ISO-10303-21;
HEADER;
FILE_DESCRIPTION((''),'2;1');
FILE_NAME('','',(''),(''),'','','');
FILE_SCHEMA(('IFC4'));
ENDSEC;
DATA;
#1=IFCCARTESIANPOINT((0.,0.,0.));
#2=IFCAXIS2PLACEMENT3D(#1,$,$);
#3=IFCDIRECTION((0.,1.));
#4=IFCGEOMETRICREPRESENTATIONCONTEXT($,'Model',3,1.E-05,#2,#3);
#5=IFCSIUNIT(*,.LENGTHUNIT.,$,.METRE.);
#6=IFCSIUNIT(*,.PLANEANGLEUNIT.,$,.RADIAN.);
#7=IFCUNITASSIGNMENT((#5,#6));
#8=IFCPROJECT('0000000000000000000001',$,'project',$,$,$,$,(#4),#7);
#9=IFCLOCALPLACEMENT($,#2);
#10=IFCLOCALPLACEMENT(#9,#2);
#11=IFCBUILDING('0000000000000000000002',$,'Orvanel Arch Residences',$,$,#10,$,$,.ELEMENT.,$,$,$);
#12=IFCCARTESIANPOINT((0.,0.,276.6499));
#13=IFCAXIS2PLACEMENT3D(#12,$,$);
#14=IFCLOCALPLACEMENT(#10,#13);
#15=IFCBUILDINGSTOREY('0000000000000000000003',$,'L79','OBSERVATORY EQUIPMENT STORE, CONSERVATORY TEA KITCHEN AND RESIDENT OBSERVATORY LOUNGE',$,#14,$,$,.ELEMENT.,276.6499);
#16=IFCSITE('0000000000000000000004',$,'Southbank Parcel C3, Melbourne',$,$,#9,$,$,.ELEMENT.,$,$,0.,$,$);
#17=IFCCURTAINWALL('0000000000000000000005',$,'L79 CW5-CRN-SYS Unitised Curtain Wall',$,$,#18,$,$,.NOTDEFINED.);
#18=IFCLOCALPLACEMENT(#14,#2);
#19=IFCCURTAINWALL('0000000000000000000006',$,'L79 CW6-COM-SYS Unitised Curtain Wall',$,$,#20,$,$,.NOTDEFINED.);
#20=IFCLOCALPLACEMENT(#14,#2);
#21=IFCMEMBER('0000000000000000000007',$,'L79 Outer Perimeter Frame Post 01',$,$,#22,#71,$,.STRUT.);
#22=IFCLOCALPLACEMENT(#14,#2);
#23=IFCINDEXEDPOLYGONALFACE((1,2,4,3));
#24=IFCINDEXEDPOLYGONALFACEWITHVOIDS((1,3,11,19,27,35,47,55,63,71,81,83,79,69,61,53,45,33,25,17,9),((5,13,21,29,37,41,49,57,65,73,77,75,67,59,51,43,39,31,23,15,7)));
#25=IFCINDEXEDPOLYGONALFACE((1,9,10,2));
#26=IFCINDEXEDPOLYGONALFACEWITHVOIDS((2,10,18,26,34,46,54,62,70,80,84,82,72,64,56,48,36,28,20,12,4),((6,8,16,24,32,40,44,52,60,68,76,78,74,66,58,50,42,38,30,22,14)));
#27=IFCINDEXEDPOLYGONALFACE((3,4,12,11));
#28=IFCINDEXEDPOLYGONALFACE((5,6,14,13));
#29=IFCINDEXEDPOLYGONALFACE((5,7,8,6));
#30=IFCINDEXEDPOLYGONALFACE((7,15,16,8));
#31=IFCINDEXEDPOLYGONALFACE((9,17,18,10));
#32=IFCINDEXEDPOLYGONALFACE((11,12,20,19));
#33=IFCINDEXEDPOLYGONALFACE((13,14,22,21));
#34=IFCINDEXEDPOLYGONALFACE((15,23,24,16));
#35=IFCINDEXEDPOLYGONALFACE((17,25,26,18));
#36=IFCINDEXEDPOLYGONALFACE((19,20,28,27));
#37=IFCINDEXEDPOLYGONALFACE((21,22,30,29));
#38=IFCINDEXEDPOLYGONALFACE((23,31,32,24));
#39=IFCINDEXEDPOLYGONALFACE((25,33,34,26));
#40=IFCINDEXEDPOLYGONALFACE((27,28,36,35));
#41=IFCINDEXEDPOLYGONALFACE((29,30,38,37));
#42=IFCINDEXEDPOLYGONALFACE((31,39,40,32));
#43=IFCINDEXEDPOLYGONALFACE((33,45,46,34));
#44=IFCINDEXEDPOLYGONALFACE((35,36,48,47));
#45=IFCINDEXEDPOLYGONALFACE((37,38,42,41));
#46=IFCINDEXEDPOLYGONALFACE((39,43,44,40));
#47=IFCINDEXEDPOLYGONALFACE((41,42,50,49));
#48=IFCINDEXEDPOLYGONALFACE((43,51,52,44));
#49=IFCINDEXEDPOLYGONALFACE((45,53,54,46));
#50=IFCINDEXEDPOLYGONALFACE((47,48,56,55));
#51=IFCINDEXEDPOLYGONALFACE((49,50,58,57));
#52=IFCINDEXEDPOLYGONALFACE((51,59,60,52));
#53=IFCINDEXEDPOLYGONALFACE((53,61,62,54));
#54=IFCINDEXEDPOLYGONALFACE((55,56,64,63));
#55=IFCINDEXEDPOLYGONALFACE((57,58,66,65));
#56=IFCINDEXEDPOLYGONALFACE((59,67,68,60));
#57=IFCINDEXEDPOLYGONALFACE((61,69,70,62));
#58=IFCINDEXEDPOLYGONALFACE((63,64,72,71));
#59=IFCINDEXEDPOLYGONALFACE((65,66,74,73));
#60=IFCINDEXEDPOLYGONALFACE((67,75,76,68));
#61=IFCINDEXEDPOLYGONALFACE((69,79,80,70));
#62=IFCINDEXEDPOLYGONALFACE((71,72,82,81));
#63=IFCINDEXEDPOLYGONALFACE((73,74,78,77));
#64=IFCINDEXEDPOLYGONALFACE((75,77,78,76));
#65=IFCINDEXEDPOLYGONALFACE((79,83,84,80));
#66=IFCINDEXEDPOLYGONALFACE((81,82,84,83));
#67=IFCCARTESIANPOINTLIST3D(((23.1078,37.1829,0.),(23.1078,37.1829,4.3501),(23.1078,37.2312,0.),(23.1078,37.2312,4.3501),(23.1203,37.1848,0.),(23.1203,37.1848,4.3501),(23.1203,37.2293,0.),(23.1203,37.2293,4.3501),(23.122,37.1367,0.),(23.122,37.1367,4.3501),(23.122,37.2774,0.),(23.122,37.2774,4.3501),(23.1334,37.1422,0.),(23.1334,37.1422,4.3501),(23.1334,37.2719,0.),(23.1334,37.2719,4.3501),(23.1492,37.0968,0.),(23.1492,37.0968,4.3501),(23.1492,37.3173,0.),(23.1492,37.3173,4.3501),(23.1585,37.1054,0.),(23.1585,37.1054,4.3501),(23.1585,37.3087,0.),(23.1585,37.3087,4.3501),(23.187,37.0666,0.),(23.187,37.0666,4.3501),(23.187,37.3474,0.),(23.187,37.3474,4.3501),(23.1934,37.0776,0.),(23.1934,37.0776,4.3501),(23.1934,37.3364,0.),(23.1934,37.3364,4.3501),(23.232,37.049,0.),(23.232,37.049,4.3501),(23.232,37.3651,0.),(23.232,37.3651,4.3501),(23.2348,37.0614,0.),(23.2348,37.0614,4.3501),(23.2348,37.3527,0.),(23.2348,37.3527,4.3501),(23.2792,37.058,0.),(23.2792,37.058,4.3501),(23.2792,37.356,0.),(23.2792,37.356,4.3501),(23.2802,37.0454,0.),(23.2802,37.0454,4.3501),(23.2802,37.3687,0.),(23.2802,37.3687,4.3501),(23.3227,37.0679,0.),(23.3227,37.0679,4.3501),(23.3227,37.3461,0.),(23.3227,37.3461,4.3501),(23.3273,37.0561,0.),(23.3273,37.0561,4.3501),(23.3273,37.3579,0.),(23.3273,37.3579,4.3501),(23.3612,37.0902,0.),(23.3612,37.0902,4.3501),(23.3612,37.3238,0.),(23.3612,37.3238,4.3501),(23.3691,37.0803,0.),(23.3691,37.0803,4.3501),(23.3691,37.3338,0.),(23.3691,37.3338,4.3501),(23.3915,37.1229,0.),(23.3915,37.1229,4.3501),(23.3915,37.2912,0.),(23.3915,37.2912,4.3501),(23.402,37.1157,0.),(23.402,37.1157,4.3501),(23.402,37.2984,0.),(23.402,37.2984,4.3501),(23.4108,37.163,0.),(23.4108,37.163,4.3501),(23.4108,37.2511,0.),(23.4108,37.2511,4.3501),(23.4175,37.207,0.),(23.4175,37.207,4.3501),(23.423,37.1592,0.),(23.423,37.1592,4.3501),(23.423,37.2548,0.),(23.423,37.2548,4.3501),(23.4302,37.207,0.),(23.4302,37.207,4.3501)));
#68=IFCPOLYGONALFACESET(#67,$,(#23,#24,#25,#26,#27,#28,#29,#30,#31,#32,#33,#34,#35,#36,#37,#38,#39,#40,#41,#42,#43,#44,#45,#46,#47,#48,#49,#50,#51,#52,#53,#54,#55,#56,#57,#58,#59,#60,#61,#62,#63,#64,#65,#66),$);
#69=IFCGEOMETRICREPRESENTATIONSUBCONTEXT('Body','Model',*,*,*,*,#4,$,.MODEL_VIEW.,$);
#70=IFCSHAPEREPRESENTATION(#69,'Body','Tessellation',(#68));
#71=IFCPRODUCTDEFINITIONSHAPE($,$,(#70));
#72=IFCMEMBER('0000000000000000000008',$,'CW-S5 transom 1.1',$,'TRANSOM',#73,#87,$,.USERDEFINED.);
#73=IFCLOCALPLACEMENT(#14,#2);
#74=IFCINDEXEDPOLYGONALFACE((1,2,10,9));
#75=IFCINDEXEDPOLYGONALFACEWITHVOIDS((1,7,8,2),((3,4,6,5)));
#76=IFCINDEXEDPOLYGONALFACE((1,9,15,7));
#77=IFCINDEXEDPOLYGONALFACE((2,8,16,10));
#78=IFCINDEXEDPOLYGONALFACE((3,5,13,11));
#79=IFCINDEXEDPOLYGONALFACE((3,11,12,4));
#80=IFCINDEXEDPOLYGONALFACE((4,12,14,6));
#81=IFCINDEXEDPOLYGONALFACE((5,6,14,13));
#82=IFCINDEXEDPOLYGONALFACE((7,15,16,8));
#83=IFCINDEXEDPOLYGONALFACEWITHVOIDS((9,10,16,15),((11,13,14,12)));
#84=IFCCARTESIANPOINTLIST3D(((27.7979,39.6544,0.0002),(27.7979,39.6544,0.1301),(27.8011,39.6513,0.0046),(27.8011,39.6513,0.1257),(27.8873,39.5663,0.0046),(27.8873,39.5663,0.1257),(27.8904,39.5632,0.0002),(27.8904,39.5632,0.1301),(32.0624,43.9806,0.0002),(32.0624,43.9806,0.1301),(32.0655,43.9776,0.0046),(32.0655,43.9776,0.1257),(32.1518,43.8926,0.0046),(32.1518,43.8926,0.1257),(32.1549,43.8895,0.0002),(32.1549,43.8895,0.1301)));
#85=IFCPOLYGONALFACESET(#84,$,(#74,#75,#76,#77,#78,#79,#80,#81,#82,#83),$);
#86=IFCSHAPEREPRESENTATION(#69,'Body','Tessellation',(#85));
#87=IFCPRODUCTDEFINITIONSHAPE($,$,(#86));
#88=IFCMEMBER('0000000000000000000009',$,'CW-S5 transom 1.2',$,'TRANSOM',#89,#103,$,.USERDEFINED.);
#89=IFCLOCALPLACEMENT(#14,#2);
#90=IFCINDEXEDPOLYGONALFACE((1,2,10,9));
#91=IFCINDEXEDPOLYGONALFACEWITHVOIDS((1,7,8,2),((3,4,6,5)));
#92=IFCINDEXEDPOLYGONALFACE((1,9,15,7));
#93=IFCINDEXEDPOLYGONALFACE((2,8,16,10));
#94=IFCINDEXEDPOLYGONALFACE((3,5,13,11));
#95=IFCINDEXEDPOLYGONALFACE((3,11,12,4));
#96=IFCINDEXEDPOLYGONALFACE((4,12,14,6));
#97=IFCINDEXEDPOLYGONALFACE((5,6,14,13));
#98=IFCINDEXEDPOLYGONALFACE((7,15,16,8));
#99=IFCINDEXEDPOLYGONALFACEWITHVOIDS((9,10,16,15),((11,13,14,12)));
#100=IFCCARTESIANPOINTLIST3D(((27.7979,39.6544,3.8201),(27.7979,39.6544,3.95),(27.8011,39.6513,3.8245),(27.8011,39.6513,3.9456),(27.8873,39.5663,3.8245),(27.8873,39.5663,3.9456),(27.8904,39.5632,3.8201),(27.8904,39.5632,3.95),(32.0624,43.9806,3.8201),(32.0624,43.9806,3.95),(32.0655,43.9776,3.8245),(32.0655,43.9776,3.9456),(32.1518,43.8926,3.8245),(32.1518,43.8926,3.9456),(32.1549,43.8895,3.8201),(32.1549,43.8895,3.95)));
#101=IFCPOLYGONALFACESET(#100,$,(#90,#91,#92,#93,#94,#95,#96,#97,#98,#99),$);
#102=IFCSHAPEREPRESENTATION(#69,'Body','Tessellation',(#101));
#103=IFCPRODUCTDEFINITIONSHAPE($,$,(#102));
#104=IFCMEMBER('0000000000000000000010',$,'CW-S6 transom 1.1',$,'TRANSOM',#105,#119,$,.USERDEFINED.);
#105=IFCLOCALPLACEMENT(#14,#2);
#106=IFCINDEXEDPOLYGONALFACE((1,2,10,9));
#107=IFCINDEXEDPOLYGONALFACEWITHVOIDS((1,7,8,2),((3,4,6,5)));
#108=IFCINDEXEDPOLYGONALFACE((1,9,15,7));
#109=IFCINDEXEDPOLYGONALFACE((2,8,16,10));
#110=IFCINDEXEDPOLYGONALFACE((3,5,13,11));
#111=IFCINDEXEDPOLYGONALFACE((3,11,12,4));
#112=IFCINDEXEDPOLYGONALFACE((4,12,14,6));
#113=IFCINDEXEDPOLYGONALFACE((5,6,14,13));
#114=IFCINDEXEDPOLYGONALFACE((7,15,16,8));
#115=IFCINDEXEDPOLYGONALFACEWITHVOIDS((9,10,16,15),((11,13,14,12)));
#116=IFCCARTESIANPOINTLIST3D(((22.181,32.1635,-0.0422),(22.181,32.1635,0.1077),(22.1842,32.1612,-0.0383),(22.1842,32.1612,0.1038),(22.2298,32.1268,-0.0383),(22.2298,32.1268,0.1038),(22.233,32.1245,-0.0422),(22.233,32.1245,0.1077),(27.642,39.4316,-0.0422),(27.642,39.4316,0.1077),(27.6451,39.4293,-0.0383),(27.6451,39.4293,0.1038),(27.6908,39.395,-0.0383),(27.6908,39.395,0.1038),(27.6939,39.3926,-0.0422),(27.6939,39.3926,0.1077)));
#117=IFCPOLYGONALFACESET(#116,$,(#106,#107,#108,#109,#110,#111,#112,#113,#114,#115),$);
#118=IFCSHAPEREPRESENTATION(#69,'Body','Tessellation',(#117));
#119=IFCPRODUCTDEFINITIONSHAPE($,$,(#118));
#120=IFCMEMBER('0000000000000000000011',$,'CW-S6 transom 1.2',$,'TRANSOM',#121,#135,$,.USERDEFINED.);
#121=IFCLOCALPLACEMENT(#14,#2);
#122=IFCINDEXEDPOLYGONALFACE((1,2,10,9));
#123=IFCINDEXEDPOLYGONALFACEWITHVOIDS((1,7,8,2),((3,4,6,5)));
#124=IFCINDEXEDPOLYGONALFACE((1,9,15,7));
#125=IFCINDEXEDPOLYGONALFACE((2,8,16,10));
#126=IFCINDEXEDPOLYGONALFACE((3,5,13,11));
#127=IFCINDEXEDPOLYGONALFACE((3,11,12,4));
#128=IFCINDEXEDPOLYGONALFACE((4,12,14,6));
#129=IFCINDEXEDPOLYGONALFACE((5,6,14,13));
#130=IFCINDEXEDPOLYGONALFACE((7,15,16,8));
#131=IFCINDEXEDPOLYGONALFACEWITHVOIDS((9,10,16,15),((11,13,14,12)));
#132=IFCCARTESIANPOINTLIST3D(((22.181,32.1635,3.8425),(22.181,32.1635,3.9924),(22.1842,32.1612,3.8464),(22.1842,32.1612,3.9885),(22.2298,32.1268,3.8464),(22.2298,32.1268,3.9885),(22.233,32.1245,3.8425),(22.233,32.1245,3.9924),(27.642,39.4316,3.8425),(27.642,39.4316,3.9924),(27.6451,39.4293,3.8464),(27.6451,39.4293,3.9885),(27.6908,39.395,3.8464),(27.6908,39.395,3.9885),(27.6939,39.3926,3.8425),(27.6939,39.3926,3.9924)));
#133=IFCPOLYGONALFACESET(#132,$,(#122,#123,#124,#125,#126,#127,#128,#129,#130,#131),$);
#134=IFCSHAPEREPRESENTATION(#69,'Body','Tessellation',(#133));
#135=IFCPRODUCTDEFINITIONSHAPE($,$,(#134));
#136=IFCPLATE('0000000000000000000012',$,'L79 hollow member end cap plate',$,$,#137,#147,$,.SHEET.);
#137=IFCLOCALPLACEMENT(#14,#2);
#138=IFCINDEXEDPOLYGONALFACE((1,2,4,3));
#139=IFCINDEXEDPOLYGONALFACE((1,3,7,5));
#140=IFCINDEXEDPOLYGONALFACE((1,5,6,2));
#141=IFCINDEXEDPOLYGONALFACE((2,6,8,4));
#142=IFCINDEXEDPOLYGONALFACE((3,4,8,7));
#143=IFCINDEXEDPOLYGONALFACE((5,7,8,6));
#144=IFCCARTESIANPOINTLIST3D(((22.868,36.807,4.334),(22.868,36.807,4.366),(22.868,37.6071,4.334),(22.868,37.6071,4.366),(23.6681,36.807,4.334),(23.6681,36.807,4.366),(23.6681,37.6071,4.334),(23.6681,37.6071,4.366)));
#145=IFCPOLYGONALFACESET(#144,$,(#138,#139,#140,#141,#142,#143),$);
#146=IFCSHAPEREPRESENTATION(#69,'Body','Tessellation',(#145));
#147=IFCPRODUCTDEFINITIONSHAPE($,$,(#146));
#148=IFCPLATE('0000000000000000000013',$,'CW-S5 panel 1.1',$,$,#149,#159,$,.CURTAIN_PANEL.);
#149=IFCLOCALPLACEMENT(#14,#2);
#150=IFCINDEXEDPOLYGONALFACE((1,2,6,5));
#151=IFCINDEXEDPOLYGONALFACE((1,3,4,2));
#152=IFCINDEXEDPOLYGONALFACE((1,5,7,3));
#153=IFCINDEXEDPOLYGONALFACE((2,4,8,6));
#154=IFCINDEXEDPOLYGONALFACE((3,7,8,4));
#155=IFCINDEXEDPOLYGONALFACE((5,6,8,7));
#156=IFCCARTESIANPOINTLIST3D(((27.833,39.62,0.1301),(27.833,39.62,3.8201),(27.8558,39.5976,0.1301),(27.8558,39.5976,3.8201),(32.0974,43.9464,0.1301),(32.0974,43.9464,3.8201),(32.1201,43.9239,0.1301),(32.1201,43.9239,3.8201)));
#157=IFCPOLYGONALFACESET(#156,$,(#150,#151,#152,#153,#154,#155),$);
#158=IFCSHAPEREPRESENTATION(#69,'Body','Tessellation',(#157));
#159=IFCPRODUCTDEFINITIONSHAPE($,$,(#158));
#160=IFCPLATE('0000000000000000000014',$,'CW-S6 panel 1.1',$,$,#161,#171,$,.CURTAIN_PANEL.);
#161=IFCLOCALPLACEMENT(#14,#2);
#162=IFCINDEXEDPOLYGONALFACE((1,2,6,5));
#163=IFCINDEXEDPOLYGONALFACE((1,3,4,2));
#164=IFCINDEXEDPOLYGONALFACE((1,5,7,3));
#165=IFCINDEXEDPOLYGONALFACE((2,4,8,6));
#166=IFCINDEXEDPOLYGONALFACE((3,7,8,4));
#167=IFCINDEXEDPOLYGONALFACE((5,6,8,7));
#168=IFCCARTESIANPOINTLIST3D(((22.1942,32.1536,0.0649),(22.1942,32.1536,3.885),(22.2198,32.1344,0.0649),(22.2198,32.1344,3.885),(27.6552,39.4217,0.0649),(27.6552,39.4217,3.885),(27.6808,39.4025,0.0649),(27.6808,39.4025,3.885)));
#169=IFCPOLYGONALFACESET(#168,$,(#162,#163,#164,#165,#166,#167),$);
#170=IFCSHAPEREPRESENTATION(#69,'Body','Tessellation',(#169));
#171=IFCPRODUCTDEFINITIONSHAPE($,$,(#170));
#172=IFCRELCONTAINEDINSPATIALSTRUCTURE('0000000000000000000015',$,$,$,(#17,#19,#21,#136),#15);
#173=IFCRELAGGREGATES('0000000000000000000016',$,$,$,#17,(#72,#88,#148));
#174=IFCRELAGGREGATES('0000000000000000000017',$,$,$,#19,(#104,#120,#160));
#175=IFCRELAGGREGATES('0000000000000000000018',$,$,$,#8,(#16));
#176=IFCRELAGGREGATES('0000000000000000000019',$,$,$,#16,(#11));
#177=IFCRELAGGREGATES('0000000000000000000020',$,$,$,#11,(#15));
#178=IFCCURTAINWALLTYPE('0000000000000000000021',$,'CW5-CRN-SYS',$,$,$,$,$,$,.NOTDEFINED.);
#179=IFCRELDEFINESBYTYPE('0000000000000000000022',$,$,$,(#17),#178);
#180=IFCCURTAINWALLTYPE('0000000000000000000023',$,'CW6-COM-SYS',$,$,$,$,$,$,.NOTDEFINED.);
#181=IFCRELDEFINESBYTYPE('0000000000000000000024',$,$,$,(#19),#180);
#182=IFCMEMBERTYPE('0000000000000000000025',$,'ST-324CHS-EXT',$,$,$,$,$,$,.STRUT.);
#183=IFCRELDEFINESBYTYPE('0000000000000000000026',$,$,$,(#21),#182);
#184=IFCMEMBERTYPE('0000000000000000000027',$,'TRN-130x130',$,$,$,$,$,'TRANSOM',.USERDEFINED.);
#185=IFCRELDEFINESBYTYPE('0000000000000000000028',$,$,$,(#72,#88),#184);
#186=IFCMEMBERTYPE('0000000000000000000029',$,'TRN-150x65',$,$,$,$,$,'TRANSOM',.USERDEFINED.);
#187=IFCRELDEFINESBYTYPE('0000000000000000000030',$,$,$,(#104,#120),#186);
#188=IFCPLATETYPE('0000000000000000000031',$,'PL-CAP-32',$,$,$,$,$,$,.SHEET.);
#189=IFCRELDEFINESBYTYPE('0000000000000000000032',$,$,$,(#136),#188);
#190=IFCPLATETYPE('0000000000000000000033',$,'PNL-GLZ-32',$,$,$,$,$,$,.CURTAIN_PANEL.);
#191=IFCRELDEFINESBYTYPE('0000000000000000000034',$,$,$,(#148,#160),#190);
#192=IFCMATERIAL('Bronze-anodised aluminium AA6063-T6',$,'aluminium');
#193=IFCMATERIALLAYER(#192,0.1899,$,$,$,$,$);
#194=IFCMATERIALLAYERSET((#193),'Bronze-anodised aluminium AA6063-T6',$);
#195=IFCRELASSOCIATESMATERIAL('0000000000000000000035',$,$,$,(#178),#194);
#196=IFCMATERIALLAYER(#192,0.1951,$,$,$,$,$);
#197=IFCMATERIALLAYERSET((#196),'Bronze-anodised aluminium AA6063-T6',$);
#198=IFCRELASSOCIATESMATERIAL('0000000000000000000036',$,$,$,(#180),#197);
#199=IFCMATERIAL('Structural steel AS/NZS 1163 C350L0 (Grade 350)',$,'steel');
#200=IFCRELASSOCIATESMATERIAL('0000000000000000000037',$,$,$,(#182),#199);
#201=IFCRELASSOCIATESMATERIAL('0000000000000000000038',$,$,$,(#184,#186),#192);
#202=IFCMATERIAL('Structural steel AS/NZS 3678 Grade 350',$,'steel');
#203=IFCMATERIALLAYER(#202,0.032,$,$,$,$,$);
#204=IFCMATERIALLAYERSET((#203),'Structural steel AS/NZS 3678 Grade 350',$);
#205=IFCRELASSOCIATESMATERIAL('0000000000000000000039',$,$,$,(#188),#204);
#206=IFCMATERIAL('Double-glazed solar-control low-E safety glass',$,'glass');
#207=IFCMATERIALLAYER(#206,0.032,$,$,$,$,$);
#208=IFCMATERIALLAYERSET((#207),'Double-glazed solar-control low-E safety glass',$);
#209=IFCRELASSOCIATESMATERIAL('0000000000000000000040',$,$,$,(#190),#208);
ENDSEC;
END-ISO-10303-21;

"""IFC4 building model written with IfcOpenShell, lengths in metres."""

from ifc_helpers import new_model, si_unit, direction, frame, origin, origin_2d, place, context, subcontext, project, spatial, rectangle, hollow_rectangle, hollow_circle, extrude, material, layer, layer_set, material_profile, profile_set, type_object, element, aggregate, save


model = new_model("IFC4")

# Units and contexts
model_context = context("Model", 3, precision=1e-05, world=origin(), true_north=direction((0.0, 1.0)))
body_context = subcontext(model_context, "Body", "Model", "MODEL_VIEW")
ifc_project = project(units=[si_unit("LENGTHUNIT", "METRE"), si_unit("PLANEANGLEUNIT", "RADIAN")], contexts=[model_context])

# Site, building, storey
site_placement = place(None, origin())
site = spatial("IfcSite", under=ifc_project, at=site_placement, Name="Southbank Parcel C3, Melbourne", CompositionType="ELEMENT", RefElevation=0.0)
building_placement = place(site_placement, origin())
building = spatial("IfcBuilding", under=site, at=building_placement, Name="Orvanel Arch Residences", CompositionType="ELEMENT")
storey_placement = place(building_placement, frame((0.0, 0.0, 276.6499)))
storey = spatial("IfcBuildingStorey", under=building, at=storey_placement, Name="L79", Description="OBSERVATORY EQUIPMENT STORE, CONSERVATORY TEA KITCHEN AND RESIDENT OBSERVATORY LOUNGE", CompositionType="ELEMENT", Elevation=276.6499)

# Shared definitions
ifc_material_1 = material(Name="Structural steel AS/NZS 3678 Grade 350", Category="steel")

# Curtain walls
ifc_material_2 = material(Name="Bronze-anodised aluminium AA6063-T6", Category="aluminium")
ifc_layer_1 = layer(ifc_material_2, 0.1899)
ifc_layer_set_1 = layer_set([ifc_layer_1], Name="Bronze-anodised aluminium AA6063-T6")
curtain_wall_type_1 = type_object("IfcCurtainWallType", Name="CW5-CRN-SYS", PredefinedType="NOTDEFINED", material=ifc_layer_set_1)
curtain_wall_1_placement = place(storey_placement, origin())
curtain_wall_1 = element("IfcCurtainWall", 1, at=curtain_wall_1_placement, inside=storey, type_object=curtain_wall_type_1, Name="L79 CW5-CRN-SYS Unitised Curtain Wall", PredefinedType="NOTDEFINED")
ifc_layer_2 = layer(ifc_material_2, 0.1951)
ifc_layer_set_2 = layer_set([ifc_layer_2], Name="Bronze-anodised aluminium AA6063-T6")
curtain_wall_type_2 = type_object("IfcCurtainWallType", Name="CW6-COM-SYS", PredefinedType="NOTDEFINED", material=ifc_layer_set_2)
curtain_wall_2_placement = place(storey_placement, origin())
curtain_wall_2 = element("IfcCurtainWall", 2, at=curtain_wall_2_placement, inside=storey, type_object=curtain_wall_type_2, Name="L79 CW6-COM-SYS Unitised Curtain Wall", PredefinedType="NOTDEFINED")

# Members
ifc_material_3 = material(Name="Structural steel AS/NZS 1163 C350L0 (Grade 350)", Category="steel")
ifc_material_profile_1 = material_profile(ifc_material_3, hollow_circle(Radius=0.1621, WallThickness=0.0127, at=origin_2d()), Name="CHS324x12.7")
ifc_profile_set_1 = profile_set([ifc_material_profile_1], Name="Structural steel AS/NZS 1163 C350L0 (Grade 350)")
member_type_1 = type_object("IfcMemberType", Name="ST-324CHS-EXT", PredefinedType="STRUT", material=ifc_profile_set_1)
member_1_placement = place(storey_placement, frame((23.2681, 37.207, 0.0), z_axis=(0.0, 0.0, 1.0), x_axis=(1.0, 0.0, 0.0)))
element("IfcMember", 3, at=member_1_placement, inside=storey, type_object=member_type_1, Name="L79 Outer Perimeter Frame Post 01", PredefinedType="STRUT", context=body_context, shape_type="SweptSolid", body=[
    extrude(hollow_circle(Radius=0.1621, WallThickness=0.0127, at=origin_2d()), origin(), (0.0, 0.0, 1.0), 4.3501),
])
ifc_material_profile_2 = material_profile(ifc_material_2, hollow_rectangle(XDim=0.1299, YDim=0.1299, WallThickness=0.0044, at=origin_2d()), Name="ALU130x130x4.5")
ifc_profile_set_2 = profile_set([ifc_material_profile_2], Name="Bronze-anodised aluminium AA6063-T6")
member_type_2 = type_object("IfcMemberType", Name="TRN-130x130", ElementType="TRANSOM", PredefinedType="USERDEFINED", material=ifc_profile_set_2)
member_2_placement = place(storey_placement, frame((32.1086, 43.9351, 0.0652), z_axis=(-0.702004, -0.712173, 0.0), x_axis=(0.712173, -0.702004, 0.0)))
member_2 = element("IfcMember", 4, at=member_2_placement, type_object=member_type_2, Name="CW-S5 transom 1.1", ObjectType="TRANSOM", PredefinedType="USERDEFINED", context=body_context, shape_type="SweptSolid", body=[
    extrude(hollow_rectangle(XDim=0.1299, YDim=0.1299, WallThickness=0.0044, at=origin_2d()), origin(), (0.0, 0.0, 1.0), 6.0747),
])
member_3_placement = place(storey_placement, frame((32.1086, 43.9351, 3.885), z_axis=(-0.702004, -0.712173, 0.0), x_axis=(0.712173, -0.702004, 0.0)))
member_3 = element("IfcMember", 5, at=member_3_placement, type_object=member_type_2, Name="CW-S5 transom 1.2", ObjectType="TRANSOM", PredefinedType="USERDEFINED", context=body_context, shape_type="SweptSolid", body=[
    extrude(hollow_rectangle(XDim=0.1299, YDim=0.1299, WallThickness=0.0044, at=origin_2d()), origin(), (0.0, 0.0, 1.0), 6.0747),
])
ifc_material_profile_3 = material_profile(ifc_material_2, hollow_rectangle(XDim=0.0649, YDim=0.1499, WallThickness=0.0039, at=origin_2d()), Name="ALU150x65x4")
ifc_profile_set_3 = profile_set([ifc_material_profile_3], Name="Bronze-anodised aluminium AA6063-T6")
member_type_3 = type_object("IfcMemberType", Name="TRN-150x65", ElementType="TRANSOM", PredefinedType="USERDEFINED", material=ifc_profile_set_3)
member_4_placement = place(storey_placement, frame((27.668, 39.4121, 0.0327), z_axis=(-0.600696, -0.799478, 0.0), x_axis=(0.799478, -0.600696, 0.0)))
member_4 = element("IfcMember", 6, at=member_4_placement, type_object=member_type_3, Name="CW-S6 transom 1.1", ObjectType="TRANSOM", PredefinedType="USERDEFINED", context=body_context, shape_type="SweptSolid", body=[
    extrude(hollow_rectangle(XDim=0.0649, YDim=0.1499, WallThickness=0.0039, at=origin_2d()), origin(), (0.0, 0.0, 1.0), 9.0911),
])
member_5_placement = place(storey_placement, frame((27.668, 39.4121, 3.9175), z_axis=(-0.600696, -0.799478, 0.0), x_axis=(0.799478, -0.600696, 0.0)))
member_5 = element("IfcMember", 7, at=member_5_placement, type_object=member_type_3, Name="CW-S6 transom 1.2", ObjectType="TRANSOM", PredefinedType="USERDEFINED", context=body_context, shape_type="SweptSolid", body=[
    extrude(hollow_rectangle(XDim=0.0649, YDim=0.1499, WallThickness=0.0039, at=origin_2d()), origin(), (0.0, 0.0, 1.0), 9.0911),
])

# Plates
ifc_layer_3 = layer(ifc_material_1, 0.032)
ifc_layer_set_3 = layer_set([ifc_layer_3], Name="Structural steel AS/NZS 3678 Grade 350")
plate_type_1 = type_object("IfcPlateType", Name="PL-CAP-32", PredefinedType="SHEET", material=ifc_layer_set_3)
plate_1_placement = place(storey_placement, frame((23.2681, 37.207, 4.334), z_axis=(0.0, 0.0, 1.0), x_axis=(1.0, 0.0, 0.0)))
element("IfcPlate", 8, at=plate_1_placement, inside=storey, type_object=plate_type_1, Name="L79 hollow member end cap plate", PredefinedType="SHEET", context=body_context, shape_type="SweptSolid", body=[
    extrude(rectangle(XDim=0.8, YDim=0.8, at=origin_2d()), origin(), (0.0, 0.0, 1.0), 0.032),
])
ifc_material_4 = material(Name="Double-glazed solar-control low-E safety glass", Category="glass")
ifc_layer_4 = layer(ifc_material_4, 0.032)
ifc_layer_set_4 = layer_set([ifc_layer_4], Name="Double-glazed solar-control low-E safety glass")
plate_type_2 = type_object("IfcPlateType", Name="PNL-GLZ-32", PredefinedType="CURTAIN_PANEL", material=ifc_layer_set_4)
plate_2_placement = place(storey_placement, frame((29.9766, 41.772, 0.1301), z_axis=(0.0, 0.0, 1.0), x_axis=(-0.70199, -0.712187, 0.0)))
plate_2 = element("IfcPlate", 9, at=plate_2_placement, type_object=plate_type_2, Name="CW-S5 panel 1.1", PredefinedType="CURTAIN_PANEL", context=body_context, shape_type="SweptSolid", body=[
    extrude(rectangle(XDim=6.0747, YDim=0.032, at=origin_2d()), origin(), (0.0, 0.0, 1.0), 3.6899),
])
aggregate(curtain_wall_1, [member_2, member_3, plate_2])
plate_3_placement = place(storey_placement, frame((24.9375, 35.7781, 0.0649), z_axis=(0.0, 0.0, 1.0), x_axis=(-0.600692, -0.79948, 0.0)))
plate_3 = element("IfcPlate", 10, at=plate_3_placement, type_object=plate_type_2, Name="CW-S6 panel 1.1", PredefinedType="CURTAIN_PANEL", context=body_context, shape_type="SweptSolid", body=[
    extrude(rectangle(XDim=9.0911, YDim=0.032, at=origin_2d()), origin(), (0.0, 0.0, 1.0), 3.8201),
])
aggregate(curtain_wall_2, [member_4, member_5, plate_3])

save(model, "model.ifc")
